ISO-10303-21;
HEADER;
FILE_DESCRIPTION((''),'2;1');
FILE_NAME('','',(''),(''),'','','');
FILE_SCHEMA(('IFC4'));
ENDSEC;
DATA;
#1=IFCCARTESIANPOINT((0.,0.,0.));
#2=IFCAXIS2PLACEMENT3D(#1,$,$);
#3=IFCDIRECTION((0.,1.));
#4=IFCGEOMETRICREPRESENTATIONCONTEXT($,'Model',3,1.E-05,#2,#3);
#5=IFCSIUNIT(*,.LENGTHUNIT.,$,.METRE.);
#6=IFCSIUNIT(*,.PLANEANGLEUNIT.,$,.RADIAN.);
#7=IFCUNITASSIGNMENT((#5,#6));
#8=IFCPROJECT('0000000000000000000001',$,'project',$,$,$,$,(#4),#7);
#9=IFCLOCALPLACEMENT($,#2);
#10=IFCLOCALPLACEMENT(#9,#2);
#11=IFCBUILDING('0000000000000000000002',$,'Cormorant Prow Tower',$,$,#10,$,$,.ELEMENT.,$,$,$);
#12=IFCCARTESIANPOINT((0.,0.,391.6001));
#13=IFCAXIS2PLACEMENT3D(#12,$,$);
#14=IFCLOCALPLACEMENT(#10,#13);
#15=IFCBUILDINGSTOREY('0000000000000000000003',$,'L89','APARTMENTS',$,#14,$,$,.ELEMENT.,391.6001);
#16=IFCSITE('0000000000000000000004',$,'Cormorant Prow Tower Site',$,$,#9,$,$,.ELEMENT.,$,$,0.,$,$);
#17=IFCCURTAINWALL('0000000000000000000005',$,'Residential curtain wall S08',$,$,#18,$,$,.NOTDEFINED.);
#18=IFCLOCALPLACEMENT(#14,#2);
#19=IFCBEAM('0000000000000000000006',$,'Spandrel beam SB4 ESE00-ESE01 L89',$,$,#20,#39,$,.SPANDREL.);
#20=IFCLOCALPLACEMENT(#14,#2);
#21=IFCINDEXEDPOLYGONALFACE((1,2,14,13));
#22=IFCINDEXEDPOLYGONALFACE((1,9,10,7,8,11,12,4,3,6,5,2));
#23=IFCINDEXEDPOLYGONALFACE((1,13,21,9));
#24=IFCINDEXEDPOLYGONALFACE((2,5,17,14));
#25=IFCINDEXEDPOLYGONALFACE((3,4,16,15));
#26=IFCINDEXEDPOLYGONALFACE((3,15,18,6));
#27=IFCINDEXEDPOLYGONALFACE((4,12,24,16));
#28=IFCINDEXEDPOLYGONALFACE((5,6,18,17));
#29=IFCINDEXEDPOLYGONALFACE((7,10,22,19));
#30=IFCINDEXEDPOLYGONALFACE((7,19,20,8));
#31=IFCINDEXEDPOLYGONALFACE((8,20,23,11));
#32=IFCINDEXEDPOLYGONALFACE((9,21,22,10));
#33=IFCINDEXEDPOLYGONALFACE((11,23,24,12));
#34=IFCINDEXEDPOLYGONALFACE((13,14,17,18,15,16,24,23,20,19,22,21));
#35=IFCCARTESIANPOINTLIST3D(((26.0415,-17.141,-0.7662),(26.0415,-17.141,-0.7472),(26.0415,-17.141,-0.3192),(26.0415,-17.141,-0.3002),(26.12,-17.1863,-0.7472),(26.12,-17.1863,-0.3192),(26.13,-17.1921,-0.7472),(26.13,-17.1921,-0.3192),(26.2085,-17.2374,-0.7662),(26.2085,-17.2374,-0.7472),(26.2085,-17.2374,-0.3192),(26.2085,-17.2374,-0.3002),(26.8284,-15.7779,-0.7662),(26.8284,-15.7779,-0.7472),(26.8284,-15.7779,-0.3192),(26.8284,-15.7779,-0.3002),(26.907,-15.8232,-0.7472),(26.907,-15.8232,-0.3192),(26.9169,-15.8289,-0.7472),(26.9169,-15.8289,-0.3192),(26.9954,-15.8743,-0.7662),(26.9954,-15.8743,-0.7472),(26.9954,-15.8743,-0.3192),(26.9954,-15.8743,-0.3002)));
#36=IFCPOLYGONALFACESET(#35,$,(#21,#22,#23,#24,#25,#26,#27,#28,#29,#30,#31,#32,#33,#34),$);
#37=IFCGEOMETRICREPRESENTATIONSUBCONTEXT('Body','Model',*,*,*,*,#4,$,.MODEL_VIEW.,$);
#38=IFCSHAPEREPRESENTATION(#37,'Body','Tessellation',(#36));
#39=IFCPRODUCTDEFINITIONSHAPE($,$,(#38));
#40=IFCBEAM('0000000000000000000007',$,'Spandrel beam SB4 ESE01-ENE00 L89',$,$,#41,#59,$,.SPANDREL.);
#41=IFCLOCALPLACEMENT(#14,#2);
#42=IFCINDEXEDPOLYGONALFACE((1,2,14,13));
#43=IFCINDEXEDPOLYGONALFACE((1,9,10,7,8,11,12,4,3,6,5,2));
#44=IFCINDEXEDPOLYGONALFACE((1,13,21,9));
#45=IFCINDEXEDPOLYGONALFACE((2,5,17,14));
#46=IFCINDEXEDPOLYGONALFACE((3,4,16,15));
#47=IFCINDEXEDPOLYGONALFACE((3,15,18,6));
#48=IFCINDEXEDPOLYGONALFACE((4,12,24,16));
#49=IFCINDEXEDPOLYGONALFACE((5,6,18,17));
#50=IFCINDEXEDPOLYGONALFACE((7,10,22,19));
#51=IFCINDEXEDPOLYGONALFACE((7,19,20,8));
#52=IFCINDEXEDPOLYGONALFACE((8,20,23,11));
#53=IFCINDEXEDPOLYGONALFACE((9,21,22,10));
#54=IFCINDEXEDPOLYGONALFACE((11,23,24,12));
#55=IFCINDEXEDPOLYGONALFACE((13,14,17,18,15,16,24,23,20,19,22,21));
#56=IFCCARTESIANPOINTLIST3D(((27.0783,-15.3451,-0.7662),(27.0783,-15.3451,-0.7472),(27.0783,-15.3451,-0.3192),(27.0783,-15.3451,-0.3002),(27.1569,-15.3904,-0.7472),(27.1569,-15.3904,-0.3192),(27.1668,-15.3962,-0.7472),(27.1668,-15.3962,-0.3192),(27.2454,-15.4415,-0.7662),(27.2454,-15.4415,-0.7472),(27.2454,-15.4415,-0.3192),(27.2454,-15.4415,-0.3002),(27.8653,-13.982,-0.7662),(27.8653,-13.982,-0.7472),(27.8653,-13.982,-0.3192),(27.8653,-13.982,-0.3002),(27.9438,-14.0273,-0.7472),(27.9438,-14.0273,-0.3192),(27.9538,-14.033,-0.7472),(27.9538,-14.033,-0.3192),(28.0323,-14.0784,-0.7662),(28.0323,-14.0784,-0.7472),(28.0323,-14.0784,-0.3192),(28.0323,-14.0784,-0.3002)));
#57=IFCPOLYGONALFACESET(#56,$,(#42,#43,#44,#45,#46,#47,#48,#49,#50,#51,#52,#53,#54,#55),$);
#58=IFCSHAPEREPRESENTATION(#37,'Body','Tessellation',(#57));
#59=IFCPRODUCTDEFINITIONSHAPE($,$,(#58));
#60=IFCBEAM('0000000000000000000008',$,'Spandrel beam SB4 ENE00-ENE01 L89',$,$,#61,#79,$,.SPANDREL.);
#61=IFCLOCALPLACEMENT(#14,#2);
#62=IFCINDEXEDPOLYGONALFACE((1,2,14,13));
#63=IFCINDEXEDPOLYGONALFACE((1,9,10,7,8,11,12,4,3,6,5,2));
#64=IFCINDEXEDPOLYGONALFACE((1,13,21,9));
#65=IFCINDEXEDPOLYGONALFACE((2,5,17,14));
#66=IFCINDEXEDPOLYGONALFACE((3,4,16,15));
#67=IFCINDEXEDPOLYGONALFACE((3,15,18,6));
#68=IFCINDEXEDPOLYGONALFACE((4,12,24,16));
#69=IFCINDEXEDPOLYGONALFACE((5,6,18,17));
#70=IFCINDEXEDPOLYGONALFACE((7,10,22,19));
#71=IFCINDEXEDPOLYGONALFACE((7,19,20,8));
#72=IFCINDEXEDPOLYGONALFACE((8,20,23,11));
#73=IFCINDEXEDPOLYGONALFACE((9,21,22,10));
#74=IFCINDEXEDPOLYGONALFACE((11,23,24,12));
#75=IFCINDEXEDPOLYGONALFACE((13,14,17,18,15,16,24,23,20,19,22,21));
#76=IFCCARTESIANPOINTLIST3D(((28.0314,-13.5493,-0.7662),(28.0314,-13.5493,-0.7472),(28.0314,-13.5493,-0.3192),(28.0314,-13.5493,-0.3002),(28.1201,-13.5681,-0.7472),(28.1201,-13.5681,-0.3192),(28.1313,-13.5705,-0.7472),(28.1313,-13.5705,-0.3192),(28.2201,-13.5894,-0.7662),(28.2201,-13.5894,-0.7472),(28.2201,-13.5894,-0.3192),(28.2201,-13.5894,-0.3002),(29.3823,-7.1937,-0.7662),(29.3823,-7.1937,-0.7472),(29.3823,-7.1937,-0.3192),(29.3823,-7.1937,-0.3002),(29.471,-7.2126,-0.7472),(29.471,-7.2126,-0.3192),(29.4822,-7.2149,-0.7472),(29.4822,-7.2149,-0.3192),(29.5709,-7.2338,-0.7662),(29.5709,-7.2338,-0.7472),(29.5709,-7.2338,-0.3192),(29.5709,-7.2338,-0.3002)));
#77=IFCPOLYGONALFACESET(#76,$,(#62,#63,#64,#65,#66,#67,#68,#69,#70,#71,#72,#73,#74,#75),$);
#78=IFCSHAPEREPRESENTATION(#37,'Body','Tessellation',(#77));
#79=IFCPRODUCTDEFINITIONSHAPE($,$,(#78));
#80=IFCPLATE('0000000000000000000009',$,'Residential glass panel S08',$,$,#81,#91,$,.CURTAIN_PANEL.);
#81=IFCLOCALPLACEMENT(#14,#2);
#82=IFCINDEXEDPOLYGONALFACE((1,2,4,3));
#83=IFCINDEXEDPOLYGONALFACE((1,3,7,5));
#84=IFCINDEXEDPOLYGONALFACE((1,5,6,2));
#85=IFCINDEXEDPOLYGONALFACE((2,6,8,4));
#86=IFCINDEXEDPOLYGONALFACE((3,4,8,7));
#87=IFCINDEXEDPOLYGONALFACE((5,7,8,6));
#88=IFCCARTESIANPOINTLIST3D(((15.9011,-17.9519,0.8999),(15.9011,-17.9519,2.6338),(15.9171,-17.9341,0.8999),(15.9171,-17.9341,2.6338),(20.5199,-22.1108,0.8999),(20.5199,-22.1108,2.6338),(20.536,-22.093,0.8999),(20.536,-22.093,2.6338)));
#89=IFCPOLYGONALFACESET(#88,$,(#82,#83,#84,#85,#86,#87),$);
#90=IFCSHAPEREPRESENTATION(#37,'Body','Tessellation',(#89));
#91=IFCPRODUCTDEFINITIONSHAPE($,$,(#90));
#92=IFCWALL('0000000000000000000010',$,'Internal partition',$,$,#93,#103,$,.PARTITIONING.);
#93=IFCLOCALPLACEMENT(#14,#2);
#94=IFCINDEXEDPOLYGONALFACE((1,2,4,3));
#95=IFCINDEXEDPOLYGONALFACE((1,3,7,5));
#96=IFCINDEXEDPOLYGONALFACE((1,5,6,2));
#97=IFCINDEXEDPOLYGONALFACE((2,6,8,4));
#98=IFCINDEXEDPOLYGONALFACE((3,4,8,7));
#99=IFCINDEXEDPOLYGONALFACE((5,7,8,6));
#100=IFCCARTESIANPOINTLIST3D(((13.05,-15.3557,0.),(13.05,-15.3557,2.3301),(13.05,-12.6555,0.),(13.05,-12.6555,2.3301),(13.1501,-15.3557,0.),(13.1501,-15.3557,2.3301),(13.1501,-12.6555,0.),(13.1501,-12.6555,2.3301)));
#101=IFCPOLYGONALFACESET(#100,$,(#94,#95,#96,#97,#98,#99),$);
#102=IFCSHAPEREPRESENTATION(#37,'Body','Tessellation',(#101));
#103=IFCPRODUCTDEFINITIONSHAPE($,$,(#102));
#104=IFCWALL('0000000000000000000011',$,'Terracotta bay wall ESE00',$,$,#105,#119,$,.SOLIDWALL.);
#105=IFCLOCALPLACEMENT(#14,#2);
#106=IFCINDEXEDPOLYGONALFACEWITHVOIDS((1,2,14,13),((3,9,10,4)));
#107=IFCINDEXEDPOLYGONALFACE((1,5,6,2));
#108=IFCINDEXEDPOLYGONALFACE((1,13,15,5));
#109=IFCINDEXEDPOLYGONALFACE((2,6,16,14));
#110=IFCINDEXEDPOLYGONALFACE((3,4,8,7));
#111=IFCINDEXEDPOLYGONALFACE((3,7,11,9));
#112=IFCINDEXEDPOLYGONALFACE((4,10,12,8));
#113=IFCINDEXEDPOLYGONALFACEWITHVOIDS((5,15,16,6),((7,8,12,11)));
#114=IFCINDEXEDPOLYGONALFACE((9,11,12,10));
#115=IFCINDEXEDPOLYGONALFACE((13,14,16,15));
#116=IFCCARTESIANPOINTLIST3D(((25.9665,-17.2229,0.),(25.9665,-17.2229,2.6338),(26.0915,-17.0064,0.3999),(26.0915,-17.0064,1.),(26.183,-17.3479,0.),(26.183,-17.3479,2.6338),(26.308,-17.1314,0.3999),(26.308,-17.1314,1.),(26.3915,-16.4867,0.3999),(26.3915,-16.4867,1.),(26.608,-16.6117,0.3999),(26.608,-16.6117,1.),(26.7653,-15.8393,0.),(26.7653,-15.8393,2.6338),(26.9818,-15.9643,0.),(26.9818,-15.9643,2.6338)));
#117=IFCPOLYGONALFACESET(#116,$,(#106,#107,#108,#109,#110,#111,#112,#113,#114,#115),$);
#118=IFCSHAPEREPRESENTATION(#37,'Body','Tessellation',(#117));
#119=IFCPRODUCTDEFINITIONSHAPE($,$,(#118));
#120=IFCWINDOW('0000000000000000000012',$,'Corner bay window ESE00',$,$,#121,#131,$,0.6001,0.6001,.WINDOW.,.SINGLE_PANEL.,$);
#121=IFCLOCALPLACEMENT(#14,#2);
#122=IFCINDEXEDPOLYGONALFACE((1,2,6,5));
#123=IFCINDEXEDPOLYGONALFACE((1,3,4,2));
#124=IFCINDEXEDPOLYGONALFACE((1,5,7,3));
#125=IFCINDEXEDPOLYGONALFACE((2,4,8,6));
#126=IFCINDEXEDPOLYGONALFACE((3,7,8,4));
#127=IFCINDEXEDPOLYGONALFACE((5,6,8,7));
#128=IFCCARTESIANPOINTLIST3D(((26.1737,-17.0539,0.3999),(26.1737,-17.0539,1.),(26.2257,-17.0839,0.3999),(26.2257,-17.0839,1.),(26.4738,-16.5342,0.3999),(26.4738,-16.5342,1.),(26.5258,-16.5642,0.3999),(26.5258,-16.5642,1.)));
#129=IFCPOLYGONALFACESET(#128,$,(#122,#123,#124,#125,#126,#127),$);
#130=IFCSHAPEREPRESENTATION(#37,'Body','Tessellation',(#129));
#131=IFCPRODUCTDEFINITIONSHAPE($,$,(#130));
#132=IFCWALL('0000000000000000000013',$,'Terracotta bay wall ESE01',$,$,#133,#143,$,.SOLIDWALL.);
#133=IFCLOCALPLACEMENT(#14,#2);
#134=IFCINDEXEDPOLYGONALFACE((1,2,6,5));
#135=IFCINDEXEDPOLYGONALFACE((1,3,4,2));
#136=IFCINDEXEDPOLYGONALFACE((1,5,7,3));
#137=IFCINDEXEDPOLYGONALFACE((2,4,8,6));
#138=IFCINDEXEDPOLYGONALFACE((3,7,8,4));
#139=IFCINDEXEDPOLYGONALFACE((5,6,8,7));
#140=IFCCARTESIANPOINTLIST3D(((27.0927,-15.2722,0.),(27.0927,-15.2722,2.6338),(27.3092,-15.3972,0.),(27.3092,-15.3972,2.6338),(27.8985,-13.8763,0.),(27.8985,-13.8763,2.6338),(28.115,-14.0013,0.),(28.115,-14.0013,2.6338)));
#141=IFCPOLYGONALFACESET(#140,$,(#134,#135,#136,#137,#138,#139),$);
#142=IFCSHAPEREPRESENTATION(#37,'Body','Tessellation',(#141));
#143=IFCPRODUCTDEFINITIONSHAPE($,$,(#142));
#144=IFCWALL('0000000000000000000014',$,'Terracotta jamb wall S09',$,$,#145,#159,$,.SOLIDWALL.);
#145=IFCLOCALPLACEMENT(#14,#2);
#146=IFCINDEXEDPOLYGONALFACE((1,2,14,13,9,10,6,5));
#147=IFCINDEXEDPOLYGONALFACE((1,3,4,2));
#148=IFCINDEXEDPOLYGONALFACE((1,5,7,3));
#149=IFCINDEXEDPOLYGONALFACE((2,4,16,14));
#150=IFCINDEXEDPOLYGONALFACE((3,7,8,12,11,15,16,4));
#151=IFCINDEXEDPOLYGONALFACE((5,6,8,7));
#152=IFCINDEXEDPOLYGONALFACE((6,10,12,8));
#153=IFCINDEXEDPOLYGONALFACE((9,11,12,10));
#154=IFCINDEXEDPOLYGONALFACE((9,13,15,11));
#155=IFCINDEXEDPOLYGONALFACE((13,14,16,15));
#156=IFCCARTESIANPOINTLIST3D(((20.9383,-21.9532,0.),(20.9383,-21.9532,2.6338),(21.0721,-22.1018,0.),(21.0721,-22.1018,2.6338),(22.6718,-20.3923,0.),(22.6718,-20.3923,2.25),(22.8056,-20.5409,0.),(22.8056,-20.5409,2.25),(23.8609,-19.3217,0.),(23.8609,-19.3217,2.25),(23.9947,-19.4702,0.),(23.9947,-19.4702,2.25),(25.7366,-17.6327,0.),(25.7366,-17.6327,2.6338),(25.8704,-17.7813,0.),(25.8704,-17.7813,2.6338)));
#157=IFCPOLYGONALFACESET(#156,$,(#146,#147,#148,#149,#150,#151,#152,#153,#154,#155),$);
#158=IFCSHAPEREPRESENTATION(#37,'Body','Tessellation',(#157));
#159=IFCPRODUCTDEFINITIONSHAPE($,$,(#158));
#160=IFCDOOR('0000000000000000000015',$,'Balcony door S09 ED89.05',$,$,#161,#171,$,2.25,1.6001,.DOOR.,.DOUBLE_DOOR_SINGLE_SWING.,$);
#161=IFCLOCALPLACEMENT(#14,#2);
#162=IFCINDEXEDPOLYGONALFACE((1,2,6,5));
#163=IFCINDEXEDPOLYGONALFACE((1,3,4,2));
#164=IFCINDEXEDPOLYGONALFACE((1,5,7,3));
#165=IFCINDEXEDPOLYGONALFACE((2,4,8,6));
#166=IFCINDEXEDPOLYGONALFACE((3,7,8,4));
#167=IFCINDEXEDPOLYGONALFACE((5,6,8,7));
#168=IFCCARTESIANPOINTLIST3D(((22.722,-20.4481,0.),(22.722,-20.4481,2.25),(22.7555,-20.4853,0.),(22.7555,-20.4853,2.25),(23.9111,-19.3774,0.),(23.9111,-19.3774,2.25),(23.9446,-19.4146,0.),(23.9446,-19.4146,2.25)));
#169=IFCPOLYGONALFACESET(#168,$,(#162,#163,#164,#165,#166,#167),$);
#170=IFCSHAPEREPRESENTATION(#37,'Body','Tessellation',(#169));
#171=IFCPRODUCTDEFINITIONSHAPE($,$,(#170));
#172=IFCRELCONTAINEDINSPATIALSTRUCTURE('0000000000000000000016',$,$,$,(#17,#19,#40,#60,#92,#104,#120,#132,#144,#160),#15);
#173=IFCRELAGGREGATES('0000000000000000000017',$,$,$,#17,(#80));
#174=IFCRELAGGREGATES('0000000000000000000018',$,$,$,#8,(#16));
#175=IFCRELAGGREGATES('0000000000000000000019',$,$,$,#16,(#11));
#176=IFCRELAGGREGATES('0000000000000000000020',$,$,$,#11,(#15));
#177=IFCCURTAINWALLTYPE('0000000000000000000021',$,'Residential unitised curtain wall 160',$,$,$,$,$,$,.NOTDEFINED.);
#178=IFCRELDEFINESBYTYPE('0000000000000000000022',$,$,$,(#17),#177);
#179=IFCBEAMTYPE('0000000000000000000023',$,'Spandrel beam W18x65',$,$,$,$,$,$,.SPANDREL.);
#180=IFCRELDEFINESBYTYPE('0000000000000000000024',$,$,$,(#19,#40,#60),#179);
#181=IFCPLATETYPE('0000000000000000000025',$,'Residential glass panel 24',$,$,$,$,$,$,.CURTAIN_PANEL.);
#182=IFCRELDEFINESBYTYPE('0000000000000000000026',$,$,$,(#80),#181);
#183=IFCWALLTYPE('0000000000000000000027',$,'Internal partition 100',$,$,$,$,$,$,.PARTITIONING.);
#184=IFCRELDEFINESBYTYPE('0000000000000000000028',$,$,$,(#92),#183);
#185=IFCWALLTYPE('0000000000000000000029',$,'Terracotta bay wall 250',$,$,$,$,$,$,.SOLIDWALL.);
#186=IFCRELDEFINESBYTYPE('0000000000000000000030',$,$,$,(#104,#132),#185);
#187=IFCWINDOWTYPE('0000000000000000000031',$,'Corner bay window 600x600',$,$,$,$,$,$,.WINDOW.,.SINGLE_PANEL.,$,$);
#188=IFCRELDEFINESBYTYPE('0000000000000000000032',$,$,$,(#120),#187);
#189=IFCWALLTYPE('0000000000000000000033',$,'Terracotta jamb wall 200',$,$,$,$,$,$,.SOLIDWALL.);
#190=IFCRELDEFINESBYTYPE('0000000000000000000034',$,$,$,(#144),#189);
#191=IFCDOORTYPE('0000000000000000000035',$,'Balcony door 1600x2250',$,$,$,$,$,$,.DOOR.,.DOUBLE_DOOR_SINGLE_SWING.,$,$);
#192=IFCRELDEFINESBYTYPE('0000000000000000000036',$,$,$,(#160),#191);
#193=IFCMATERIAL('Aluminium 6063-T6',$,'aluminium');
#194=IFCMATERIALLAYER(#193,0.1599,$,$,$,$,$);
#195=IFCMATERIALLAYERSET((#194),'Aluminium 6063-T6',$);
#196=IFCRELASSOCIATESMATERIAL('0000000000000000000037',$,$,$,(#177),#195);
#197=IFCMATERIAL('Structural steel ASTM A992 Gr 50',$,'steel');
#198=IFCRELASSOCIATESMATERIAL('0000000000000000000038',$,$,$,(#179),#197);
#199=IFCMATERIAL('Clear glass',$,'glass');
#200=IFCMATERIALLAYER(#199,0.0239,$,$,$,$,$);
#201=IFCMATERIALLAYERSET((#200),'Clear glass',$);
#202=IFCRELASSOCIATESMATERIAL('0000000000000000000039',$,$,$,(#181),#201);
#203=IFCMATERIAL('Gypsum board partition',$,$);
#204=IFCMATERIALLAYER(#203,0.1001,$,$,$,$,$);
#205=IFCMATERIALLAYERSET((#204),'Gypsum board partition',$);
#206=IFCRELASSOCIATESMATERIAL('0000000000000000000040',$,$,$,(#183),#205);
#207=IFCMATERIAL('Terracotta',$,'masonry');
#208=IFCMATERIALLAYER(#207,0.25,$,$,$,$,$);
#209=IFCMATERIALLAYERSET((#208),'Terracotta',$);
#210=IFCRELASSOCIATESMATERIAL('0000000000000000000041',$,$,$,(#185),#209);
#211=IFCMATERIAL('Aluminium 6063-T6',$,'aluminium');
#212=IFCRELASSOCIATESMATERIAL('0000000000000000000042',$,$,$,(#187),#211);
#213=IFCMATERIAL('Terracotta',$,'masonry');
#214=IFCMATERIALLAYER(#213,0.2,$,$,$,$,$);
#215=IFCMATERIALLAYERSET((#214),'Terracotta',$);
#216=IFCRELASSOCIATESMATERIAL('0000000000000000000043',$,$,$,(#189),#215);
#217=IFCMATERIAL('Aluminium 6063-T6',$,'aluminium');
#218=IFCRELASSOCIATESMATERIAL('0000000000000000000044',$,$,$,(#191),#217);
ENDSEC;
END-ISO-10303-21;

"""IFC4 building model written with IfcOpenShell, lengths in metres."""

from ifc_helpers import new_model, si_unit, direction, frame, frame_2d, origin, origin_2d, place, context, subcontext, project, spatial, rectangle, i_section, extrude, material, layer, layer_set, material_profile, profile_set, type_object, element, fill, aggregate, save


model = new_model("IFC4")

# Units and contexts
model_context = context("Model", 3, precision=1e-05, world=origin(), true_north=direction((0.0, 1.0)))
body_context = subcontext(model_context, "Body", "Model", "MODEL_VIEW")
ifc_project = project(units=[si_unit("LENGTHUNIT", "METRE"), si_unit("PLANEANGLEUNIT", "RADIAN")], contexts=[model_context])

# Site, building, storey
site_placement = place(None, origin())
site = spatial("IfcSite", under=ifc_project, at=site_placement, Name="Cormorant Prow Tower Site", CompositionType="ELEMENT", RefElevation=0.0)
building_placement = place(site_placement, origin())
building = spatial("IfcBuilding", under=site, at=building_placement, Name="Cormorant Prow Tower", CompositionType="ELEMENT")
storey_placement = place(building_placement, frame((0.0, 0.0, 391.6001)))
storey = spatial("IfcBuildingStorey", under=building, at=storey_placement, Name="L89", Description="APARTMENTS", CompositionType="ELEMENT", Elevation=391.6001)

# Curtain wall
ifc_material_1 = material(Name="Aluminium 6063-T6", Category="aluminium")
ifc_layer_1 = layer(ifc_material_1, 0.1599)
ifc_layer_set_1 = layer_set([ifc_layer_1], Name="Aluminium 6063-T6")
curtain_wall_type = type_object("IfcCurtainWallType", Name="Residential unitised curtain wall 160", PredefinedType="NOTDEFINED", material=ifc_layer_set_1)
curtain_wall_placement = place(storey_placement, origin())
curtain_wall = element("IfcCurtainWall", 1, at=curtain_wall_placement, inside=storey, type_object=curtain_wall_type, Name="Residential curtain wall S08", PredefinedType="NOTDEFINED")

# Beams
ifc_material_2 = material(Name="Structural steel ASTM A992 Gr 50", Category="steel")
ifc_material_profile_1 = material_profile(ifc_material_2, i_section(OverallWidth=0.1929, OverallDepth=0.4661, WebThickness=0.0115, FlangeThickness=0.019, at=origin_2d()), Name="W18x65")
ifc_profile_set_1 = profile_set([ifc_material_profile_1], Name="Structural steel ASTM A992 Gr 50")
beam_type = type_object("IfcBeamType", Name="Spandrel beam W18x65", PredefinedType="SPANDREL", material=ifc_profile_set_1)
for number, where, z_axis, x_axis, name in (
    (2, (26.125, -17.1892, -0.5332), (0.49996, 0.866049, 0.0), (-0.866049, 0.49996, 0.0), "Spandrel beam SB4 ESE00-ESE01 L89"),
    (3, (27.1619, -15.3933, -0.5332), (0.49996, 0.866049, 0.0), (-0.866049, 0.49996, 0.0), "Spandrel beam SB4 ESE01-ENE00 L89"),
):
    element("IfcBeam", number, at=place(storey_placement, frame(where, z_axis=z_axis, x_axis=x_axis)), inside=storey, type_object=beam_type, Name=name, PredefinedType="SPANDREL", context=body_context, shape_type="SweptSolid", body=[
        extrude(i_section(OverallWidth=0.1929, OverallDepth=0.4661, WebThickness=0.0115, FlangeThickness=0.019, at=origin_2d()), origin(), (0.0, 0.0, 1.0), 1.574),
    ])
beam_placement = place(storey_placement, frame((28.1257, -13.5693, -0.5332), z_axis=(0.207902, 0.97815, 0.0), x_axis=(-0.97815, 0.207902, 0.0)))
element("IfcBeam", 4, at=beam_placement, inside=storey, type_object=beam_type, Name="Spandrel beam SB4 ENE00-ENE01 L89", PredefinedType="SPANDREL", context=body_context, shape_type="SweptSolid", body=[
    extrude(i_section(OverallWidth=0.1929, OverallDepth=0.4661, WebThickness=0.0115, FlangeThickness=0.019, at=origin_2d()), origin(), (0.0, 0.0, 1.0), 6.4976),
])

# Plate
ifc_material_3 = material(Name="Clear glass", Category="glass")
ifc_layer_2 = layer(ifc_material_3, 0.0239)
ifc_layer_set_2 = layer_set([ifc_layer_2], Name="Clear glass")
plate_type = type_object("IfcPlateType", Name="Residential glass panel 24", PredefinedType="CURTAIN_PANEL", material=ifc_layer_set_2)
plate_placement = place(storey_placement, frame((18.2185, -20.0225, 0.8999), z_axis=(0.0, 0.0, 1.0), x_axis=(0.743145, -0.669131, 0.0)))
plate = element("IfcPlate", 5, at=plate_placement, type_object=plate_type, Name="Residential glass panel S08", PredefinedType="CURTAIN_PANEL", context=body_context, shape_type="SweptSolid", body=[
    extrude(rectangle(XDim=6.2153, YDim=0.0239, at=origin_2d()), origin(), (0.0, 0.0, 1.0), 1.7339),
])
aggregate(curtain_wall, [plate])

# Wall
ifc_material_4 = material(Name="Gypsum board partition")
ifc_layer_3 = layer(ifc_material_4, 0.1001)
ifc_layer_set_3 = layer_set([ifc_layer_3], Name="Gypsum board partition")
wall_type_1 = type_object("IfcWallType", Name="Internal partition 100", PredefinedType="PARTITIONING", material=ifc_layer_set_3)
wall_1_placement = place(storey_placement, frame((13.1001, -15.3557, 0.0), z_axis=(0.0, 0.0, 1.0), x_axis=(0.0, 1.0, 0.0)))
element("IfcWall", 6, at=wall_1_placement, inside=storey, type_object=wall_type_1, Name="Internal partition", PredefinedType="PARTITIONING", context=body_context, shape_type="SweptSolid", body=[
    extrude(rectangle(XDim=2.7002, YDim=0.1001, at=frame_2d((1.3501, 0.0))), origin(), (0.0, 0.0, 1.0), 2.3301),
])

# Wall, opening, window
ifc_material_5 = material(Name="Terracotta", Category="masonry")
ifc_layer_4 = layer(ifc_material_5, 0.25)
ifc_layer_set_4 = layer_set([ifc_layer_4], Name="Terracotta")
wall_type_2 = type_object("IfcWallType", Name="Terracotta bay wall 250", PredefinedType="SOLIDWALL", material=ifc_layer_set_4)
wall_2_placement = place(storey_placement, frame((26.0747, -17.2854, 0.0), z_axis=(0.0, 0.0, 1.0), x_axis=(0.500018, 0.866015, 0.0)))
wall_2 = element("IfcWall", 7, at=wall_2_placement, inside=storey, type_object=wall_type_2, Name="Terracotta bay wall ESE00", PredefinedType="SOLIDWALL", context=body_context, shape_type="SweptSolid", body=[
    extrude(rectangle(XDim=1.5977, YDim=0.25, at=frame_2d((0.7988, 0.0))), origin(), (0.0, 0.0, 1.0), 2.6338),
])
opening_1_placement = place(wall_2_placement, frame((0.25, 0.0, 0.3999)))
opening_1 = element("IfcOpeningElement", 8, at=opening_1_placement, cuts=wall_2, PredefinedType="OPENING", context=body_context, shape_type="SweptSolid", body=[
    extrude(rectangle(XDim=0.6001, YDim=0.6001, at=frame_2d((0.3, 0.3))), frame((0.0, 0.135, 0.0), z_axis=(0.0, -1.0, 0.0), x_axis=(1.0, 0.0, 0.0)), (0.0, 0.0, 1.0), 0.27),
])
ifc_material_6 = material(Name="Aluminium 6063-T6", Category="aluminium")
window_type = type_object("IfcWindowType", Name="Corner bay window 600x600", PartitioningType="SINGLE_PANEL", PredefinedType="WINDOW", material=ifc_material_6)
window_placement = place(opening_1_placement, origin())
window = element("IfcWindow", 9, at=window_placement, inside=storey, type_object=window_type, Name="Corner bay window ESE00", OverallHeight=0.6001, OverallWidth=0.6001, PartitioningType="SINGLE_PANEL", PredefinedType="WINDOW", context=body_context, shape_type="SweptSolid", body=[
    extrude(rectangle(XDim=0.6001, YDim=0.6001, at=frame_2d((0.3, 0.3))), frame((0.0, 0.03, 0.0), z_axis=(0.0, -1.0, 0.0), x_axis=(1.0, 0.0, 0.0)), (0.0, 0.0, 1.0), 0.0601),
])
fill(opening_1, window)

# Wall
wall_3_placement = place(storey_placement, frame((27.2009, -15.3347, 0.0), z_axis=(0.0, 0.0, 1.0), x_axis=(0.499967, 0.866044, 0.0)))
element("IfcWall", 10, at=wall_3_placement, inside=storey, type_object=wall_type_2, Name="Terracotta bay wall ESE01", PredefinedType="SOLIDWALL", context=body_context, shape_type="SweptSolid", body=[
    extrude(rectangle(XDim=1.6118, YDim=0.25, at=frame_2d((0.8059, 0.0))), origin(), (0.0, 0.0, 1.0), 2.6338),
])

# Wall, opening, door
ifc_material_7 = material(Name="Terracotta", Category="masonry")
ifc_layer_5 = layer(ifc_material_7, 0.2)
ifc_layer_set_5 = layer_set([ifc_layer_5], Name="Terracotta")
wall_type_3 = type_object("IfcWallType", Name="Terracotta jamb wall 200", PredefinedType="SOLIDWALL", material=ifc_layer_set_5)
wall_4_placement = place(storey_placement, frame((21.0051, -22.0276, 0.0), z_axis=(0.0, 0.0, 1.0), x_axis=(0.743136, 0.66914, 0.0)))
wall_4 = element("IfcWall", 11, at=wall_4_placement, inside=storey, type_object=wall_type_3, Name="Terracotta jamb wall S09", PredefinedType="SOLIDWALL", context=body_context, shape_type="SweptSolid", body=[
    extrude(rectangle(XDim=6.4568, YDim=0.2, at=frame_2d((3.2285, 0.0))), origin(), (0.0, 0.0, 1.0), 2.6338),
])
opening_2_placement = place(wall_4_placement, frame((2.3328, 0.0, 0.0)))
opening_2 = element("IfcOpeningElement", 12, at=opening_2_placement, cuts=wall_4, PredefinedType="OPENING", context=body_context, shape_type="SweptSolid", body=[
    extrude(rectangle(XDim=1.6001, YDim=2.25, at=frame_2d((0.8, 1.125))), frame((0.0, 0.1099, 0.0), z_axis=(0.0, -1.0, 0.0), x_axis=(1.0, 0.0, 0.0)), (0.0, 0.0, 1.0), 0.22),
])
ifc_material_8 = material(Name="Aluminium 6063-T6", Category="aluminium")
door_type = type_object("IfcDoorType", Name="Balcony door 1600x2250", OperationType="DOUBLE_DOOR_SINGLE_SWING", PredefinedType="DOOR", material=ifc_material_8)
door_placement = place(opening_2_placement, origin())
door = element("IfcDoor", 13, at=door_placement, inside=storey, type_object=door_type, Name="Balcony door S09 ED89.05", OperationType="DOUBLE_DOOR_SINGLE_SWING", OverallHeight=2.25, OverallWidth=1.6001, PredefinedType="DOOR", context=body_context, shape_type="SweptSolid", body=[
    extrude(rectangle(XDim=1.6001, YDim=2.25, at=frame_2d((0.8, 1.125))), frame((0.0, 0.0249, 0.0), z_axis=(0.0, -1.0, 0.0), x_axis=(1.0, 0.0, 0.0)), (0.0, 0.0, 1.0), 0.05),
])
fill(opening_2, door)

save(model, "model.ifc")
